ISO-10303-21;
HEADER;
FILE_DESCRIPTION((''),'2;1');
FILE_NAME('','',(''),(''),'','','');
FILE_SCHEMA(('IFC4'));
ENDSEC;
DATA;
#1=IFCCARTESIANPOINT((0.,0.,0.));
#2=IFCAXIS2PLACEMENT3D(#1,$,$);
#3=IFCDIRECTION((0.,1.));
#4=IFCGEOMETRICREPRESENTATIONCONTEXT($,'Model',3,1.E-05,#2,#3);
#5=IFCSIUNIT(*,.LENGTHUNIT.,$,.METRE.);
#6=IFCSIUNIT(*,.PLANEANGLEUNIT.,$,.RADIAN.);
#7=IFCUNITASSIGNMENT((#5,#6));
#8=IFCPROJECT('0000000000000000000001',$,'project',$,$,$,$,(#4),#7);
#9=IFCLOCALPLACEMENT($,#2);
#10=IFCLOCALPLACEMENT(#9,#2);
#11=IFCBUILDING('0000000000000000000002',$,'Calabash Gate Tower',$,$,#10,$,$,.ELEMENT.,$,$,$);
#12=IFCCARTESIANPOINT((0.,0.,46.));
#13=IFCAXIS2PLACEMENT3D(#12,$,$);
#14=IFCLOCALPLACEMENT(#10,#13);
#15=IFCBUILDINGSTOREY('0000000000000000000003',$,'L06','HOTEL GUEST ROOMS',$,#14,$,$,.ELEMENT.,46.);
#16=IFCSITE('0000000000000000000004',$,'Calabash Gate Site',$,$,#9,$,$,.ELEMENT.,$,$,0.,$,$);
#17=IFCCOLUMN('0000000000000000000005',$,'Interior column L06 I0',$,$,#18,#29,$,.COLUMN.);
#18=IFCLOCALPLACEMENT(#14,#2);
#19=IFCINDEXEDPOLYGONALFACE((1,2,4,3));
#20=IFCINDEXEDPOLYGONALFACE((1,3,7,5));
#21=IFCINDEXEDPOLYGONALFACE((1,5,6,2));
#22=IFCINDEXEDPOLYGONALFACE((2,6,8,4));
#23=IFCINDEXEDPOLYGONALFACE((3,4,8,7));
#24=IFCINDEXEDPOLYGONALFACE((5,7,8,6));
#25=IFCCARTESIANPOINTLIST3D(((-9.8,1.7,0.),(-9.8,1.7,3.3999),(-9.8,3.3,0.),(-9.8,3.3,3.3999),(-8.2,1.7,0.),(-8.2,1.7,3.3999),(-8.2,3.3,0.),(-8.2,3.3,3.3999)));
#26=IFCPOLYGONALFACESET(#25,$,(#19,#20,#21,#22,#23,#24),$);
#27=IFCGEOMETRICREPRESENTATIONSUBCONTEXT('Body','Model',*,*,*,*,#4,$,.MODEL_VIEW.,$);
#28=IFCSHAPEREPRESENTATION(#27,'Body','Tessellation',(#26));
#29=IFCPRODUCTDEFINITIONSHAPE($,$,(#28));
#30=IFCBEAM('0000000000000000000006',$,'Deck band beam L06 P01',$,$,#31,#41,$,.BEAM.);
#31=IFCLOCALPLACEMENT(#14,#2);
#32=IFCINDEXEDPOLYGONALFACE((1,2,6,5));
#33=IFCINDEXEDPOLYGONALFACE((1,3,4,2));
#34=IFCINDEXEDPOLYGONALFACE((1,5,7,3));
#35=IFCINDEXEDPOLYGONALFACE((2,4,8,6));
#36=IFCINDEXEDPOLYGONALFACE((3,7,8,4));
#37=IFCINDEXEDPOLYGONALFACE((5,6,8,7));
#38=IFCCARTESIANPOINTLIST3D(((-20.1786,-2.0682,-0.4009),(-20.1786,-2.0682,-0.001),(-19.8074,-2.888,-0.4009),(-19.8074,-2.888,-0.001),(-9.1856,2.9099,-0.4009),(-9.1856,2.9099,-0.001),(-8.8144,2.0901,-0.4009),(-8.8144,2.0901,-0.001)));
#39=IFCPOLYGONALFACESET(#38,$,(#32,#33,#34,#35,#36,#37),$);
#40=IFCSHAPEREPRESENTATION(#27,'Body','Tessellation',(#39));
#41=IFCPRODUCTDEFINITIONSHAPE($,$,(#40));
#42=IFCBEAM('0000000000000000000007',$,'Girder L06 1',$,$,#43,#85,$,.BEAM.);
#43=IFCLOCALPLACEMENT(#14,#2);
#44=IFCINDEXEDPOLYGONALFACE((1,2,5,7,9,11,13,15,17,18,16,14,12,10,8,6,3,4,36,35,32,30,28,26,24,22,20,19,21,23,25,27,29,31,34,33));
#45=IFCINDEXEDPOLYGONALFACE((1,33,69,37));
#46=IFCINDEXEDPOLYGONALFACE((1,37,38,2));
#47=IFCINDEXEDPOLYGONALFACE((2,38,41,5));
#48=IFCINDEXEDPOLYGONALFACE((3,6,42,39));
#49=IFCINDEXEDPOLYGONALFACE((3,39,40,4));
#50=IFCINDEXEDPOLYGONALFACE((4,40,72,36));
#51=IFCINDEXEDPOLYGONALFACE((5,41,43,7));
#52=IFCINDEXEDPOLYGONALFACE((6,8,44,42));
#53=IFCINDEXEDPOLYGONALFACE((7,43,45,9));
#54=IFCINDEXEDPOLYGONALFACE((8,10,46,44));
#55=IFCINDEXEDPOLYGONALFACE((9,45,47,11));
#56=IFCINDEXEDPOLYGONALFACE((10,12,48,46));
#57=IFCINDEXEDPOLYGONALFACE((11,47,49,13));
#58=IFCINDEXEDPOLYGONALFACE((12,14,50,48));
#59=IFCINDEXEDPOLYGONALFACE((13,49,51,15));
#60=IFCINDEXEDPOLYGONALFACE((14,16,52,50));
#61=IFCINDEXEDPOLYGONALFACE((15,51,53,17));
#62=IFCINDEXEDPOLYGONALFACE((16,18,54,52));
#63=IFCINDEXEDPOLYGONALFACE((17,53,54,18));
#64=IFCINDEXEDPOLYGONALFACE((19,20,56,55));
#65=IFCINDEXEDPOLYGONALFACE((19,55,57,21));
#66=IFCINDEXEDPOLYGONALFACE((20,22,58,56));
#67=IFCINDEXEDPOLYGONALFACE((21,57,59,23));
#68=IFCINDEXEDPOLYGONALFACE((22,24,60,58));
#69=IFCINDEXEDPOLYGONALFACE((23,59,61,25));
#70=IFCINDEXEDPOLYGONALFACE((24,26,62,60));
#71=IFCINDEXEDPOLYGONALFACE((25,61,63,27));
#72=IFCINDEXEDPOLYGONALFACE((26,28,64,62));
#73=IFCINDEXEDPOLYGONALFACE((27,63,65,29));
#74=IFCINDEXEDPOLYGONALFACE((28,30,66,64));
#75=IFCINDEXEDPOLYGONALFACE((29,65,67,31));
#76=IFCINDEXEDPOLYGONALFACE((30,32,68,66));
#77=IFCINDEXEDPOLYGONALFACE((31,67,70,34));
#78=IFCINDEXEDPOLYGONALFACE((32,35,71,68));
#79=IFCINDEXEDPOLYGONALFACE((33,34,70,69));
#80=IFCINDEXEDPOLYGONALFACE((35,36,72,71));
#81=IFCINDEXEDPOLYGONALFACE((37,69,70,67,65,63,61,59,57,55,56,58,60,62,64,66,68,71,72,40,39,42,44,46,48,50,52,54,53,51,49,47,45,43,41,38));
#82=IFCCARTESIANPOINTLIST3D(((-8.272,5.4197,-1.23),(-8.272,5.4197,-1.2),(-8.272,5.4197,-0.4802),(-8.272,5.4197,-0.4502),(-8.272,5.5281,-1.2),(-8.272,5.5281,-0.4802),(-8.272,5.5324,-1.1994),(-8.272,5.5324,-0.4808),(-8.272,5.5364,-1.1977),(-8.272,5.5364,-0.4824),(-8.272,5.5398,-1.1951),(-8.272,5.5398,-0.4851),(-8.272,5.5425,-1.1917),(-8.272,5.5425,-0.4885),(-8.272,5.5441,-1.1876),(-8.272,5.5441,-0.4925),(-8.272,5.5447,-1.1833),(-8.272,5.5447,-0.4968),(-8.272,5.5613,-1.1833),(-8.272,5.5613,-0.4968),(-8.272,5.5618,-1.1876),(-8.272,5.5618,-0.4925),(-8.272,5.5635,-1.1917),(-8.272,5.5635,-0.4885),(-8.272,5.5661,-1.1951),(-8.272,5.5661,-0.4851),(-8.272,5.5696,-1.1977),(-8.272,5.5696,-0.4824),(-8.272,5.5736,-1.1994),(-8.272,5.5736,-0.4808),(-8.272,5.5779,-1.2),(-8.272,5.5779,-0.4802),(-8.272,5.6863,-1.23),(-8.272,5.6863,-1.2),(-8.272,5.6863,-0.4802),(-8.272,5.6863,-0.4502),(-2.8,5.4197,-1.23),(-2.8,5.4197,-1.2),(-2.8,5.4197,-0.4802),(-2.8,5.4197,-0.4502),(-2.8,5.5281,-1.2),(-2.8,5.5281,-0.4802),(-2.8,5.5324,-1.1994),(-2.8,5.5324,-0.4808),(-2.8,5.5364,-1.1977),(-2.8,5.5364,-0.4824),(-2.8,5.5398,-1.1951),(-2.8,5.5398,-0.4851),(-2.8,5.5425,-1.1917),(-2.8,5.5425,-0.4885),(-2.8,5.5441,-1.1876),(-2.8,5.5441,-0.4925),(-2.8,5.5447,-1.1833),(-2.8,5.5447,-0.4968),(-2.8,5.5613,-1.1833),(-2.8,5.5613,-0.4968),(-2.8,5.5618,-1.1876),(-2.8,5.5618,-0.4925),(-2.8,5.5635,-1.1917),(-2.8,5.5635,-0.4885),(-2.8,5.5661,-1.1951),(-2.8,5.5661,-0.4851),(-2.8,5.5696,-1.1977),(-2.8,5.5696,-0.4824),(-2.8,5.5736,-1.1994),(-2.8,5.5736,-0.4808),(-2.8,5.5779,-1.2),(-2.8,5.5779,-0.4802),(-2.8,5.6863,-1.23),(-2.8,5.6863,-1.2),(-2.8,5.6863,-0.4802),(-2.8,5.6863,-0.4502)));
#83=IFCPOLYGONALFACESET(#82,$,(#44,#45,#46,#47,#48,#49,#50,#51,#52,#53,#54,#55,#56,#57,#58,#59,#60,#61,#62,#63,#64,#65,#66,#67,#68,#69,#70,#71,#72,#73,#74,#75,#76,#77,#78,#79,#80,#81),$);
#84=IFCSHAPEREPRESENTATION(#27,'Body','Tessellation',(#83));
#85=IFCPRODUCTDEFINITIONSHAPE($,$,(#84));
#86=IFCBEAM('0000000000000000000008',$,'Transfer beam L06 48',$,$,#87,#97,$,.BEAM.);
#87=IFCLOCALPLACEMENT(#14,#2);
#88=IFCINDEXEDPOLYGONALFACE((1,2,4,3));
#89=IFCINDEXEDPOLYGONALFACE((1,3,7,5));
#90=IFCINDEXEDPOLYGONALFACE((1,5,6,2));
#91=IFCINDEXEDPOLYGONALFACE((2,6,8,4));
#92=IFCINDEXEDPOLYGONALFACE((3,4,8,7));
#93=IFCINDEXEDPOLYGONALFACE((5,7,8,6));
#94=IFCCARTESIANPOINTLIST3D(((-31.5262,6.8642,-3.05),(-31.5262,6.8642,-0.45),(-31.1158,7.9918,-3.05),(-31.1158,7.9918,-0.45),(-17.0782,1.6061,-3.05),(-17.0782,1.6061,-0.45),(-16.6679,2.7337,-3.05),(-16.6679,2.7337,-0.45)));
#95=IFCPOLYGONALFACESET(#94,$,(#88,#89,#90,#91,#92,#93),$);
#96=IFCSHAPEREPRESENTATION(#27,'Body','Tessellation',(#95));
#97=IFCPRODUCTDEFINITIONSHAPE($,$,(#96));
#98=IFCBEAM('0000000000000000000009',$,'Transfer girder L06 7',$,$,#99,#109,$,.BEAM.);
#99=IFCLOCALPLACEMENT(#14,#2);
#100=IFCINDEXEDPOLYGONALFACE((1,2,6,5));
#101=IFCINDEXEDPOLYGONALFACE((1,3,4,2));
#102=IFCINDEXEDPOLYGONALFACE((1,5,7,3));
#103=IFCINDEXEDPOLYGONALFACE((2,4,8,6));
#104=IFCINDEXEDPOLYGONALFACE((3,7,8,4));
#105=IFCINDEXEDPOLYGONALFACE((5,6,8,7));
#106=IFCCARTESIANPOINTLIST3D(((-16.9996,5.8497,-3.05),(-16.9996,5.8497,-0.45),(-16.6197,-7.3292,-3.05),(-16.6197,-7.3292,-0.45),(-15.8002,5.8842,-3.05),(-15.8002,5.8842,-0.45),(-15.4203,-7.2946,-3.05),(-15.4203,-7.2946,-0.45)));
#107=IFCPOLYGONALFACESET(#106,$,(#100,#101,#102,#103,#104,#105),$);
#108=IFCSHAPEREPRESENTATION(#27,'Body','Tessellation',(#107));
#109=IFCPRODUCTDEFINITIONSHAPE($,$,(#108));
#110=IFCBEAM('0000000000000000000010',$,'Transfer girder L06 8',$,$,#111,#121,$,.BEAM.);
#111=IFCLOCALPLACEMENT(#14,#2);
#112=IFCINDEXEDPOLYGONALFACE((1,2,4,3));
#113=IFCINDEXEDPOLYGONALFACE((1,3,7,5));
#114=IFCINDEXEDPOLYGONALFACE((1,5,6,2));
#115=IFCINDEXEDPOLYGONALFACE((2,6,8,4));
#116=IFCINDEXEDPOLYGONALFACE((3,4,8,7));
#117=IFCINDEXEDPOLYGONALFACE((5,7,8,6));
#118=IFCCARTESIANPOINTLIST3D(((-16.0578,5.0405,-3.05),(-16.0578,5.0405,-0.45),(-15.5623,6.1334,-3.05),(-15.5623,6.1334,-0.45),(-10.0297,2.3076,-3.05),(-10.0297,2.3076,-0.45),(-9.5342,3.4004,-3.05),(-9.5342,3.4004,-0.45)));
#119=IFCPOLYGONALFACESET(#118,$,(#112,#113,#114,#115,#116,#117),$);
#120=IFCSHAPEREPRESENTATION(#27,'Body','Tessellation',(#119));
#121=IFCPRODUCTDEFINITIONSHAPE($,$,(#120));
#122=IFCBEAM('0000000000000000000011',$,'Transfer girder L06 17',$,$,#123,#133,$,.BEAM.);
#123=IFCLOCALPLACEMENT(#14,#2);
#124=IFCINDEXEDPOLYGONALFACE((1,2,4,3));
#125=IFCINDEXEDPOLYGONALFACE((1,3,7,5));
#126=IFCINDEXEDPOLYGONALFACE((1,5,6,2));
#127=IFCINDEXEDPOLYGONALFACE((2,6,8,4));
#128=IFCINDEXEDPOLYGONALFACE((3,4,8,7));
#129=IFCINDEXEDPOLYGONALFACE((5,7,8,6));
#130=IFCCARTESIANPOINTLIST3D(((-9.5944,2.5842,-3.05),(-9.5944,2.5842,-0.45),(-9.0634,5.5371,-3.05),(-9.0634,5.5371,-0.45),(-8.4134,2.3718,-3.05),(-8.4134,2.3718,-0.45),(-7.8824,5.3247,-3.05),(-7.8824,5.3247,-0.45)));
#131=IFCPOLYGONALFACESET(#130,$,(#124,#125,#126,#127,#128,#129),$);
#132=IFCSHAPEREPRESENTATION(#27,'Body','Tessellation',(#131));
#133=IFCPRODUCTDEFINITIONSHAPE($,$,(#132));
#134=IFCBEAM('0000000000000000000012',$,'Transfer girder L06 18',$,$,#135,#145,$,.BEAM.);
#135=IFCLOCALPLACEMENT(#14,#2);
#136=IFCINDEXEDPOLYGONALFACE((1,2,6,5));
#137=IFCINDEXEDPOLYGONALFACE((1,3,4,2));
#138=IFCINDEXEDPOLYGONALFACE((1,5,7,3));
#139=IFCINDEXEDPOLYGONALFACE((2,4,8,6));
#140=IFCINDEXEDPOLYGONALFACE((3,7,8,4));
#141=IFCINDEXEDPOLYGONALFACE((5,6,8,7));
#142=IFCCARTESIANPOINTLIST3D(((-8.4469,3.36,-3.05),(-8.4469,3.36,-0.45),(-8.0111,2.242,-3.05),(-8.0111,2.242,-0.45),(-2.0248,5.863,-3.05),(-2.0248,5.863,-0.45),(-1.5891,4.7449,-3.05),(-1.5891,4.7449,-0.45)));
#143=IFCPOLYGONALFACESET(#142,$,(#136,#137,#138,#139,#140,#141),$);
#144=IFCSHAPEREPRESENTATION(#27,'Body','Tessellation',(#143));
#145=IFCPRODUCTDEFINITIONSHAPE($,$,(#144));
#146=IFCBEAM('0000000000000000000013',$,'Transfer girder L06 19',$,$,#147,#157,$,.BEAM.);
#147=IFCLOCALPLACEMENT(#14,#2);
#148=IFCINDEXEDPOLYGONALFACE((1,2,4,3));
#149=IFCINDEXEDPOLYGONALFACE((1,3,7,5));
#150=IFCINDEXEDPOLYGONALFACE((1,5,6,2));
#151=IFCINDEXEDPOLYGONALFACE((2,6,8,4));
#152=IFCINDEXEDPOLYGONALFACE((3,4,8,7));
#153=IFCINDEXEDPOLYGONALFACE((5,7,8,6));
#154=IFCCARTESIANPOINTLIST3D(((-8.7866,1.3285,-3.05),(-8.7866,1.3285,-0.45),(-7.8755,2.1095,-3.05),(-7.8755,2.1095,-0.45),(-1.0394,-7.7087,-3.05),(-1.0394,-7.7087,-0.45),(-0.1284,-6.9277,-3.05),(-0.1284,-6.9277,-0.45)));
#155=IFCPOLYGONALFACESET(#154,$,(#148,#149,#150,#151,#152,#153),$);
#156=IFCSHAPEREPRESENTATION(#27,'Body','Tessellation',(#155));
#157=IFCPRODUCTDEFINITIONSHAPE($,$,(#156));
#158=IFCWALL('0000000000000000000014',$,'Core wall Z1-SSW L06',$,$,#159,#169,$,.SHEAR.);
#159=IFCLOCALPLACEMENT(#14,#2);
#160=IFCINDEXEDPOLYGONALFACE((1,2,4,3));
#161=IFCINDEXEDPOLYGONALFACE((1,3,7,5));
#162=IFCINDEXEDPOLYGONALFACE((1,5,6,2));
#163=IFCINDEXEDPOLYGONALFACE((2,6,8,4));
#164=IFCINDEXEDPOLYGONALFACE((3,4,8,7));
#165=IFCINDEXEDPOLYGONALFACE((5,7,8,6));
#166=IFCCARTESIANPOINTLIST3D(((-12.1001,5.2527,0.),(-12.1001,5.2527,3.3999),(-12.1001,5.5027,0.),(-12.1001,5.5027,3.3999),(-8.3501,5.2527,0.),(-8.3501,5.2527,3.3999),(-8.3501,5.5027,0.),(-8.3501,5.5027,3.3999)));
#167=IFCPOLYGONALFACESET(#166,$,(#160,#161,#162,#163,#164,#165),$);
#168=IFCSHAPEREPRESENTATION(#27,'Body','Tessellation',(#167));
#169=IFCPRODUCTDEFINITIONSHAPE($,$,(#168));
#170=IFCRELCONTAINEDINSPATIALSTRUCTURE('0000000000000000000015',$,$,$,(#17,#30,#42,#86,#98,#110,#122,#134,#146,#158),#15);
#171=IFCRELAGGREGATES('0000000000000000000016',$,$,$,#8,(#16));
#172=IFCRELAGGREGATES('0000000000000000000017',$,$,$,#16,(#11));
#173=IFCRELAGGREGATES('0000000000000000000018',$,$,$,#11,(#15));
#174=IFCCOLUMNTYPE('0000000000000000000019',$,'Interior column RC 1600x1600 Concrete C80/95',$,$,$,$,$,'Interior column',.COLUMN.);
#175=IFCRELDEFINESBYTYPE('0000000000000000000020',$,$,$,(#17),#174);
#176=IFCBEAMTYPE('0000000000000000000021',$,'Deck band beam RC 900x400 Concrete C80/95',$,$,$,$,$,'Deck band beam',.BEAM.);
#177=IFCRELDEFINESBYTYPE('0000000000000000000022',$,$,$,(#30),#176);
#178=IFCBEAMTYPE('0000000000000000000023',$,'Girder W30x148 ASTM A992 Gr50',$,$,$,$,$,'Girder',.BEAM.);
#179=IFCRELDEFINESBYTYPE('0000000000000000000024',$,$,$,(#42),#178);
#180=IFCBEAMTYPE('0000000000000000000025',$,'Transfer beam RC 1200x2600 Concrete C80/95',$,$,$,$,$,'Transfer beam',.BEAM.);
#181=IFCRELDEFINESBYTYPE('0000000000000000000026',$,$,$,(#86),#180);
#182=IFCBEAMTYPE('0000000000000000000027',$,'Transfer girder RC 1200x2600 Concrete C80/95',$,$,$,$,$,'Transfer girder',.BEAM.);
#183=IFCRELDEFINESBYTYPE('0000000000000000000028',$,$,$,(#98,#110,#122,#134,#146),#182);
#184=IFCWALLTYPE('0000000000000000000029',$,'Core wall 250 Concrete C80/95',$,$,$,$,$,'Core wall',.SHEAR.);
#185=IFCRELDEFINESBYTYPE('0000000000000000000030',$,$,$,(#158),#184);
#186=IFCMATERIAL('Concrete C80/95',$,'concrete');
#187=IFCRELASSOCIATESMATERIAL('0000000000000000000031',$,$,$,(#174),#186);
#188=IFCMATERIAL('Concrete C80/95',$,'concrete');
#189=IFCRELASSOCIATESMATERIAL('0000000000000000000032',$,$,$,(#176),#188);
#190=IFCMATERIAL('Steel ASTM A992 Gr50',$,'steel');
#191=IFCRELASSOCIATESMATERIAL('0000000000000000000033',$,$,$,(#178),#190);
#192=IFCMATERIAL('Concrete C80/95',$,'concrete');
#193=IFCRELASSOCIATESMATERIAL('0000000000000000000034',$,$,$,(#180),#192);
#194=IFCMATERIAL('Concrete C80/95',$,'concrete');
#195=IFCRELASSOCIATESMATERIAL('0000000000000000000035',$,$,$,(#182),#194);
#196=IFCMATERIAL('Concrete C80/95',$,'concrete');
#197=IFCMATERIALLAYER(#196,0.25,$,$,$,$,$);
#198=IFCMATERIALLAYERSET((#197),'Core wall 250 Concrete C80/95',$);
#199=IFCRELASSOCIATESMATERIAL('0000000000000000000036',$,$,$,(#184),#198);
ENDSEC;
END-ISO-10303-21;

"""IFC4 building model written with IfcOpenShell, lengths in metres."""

from ifc_helpers import new_model, si_unit, direction, frame, frame_2d, origin, origin_2d, place, context, subcontext, project, spatial, rectangle, i_section, extrude, material, layer, layer_set, material_profile, profile_set, type_object, element, save


model = new_model("IFC4")

# Units and contexts
model_context = context("Model", 3, precision=1e-05, world=origin(), true_north=direction((0.0, 1.0)))
body_context = subcontext(model_context, "Body", "Model", "MODEL_VIEW")
ifc_project = project(units=[si_unit("LENGTHUNIT", "METRE"), si_unit("PLANEANGLEUNIT", "RADIAN")], contexts=[model_context])

# Site, building, storey
site_placement = place(None, origin())
site = spatial("IfcSite", under=ifc_project, at=site_placement, Name="Calabash Gate Site", CompositionType="ELEMENT", RefElevation=0.0)
building_placement = place(site_placement, origin())
building = spatial("IfcBuilding", under=site, at=building_placement, Name="Calabash Gate Tower", CompositionType="ELEMENT")
storey_placement = place(building_placement, frame((0.0, 0.0, 46.0)))
storey = spatial("IfcBuildingStorey", under=building, at=storey_placement, Name="L06", Description="HOTEL GUEST ROOMS", CompositionType="ELEMENT", Elevation=46.0)

# Column
ifc_material_1 = material(Name="Concrete C80/95", Category="concrete")
ifc_material_profile_1 = material_profile(ifc_material_1, rectangle(XDim=1.6001, YDim=1.6001, at=origin_2d()))
ifc_profile_set_1 = profile_set([ifc_material_profile_1], Name="Concrete C80/95")
column_type = type_object("IfcColumnType", Name="Interior column RC 1600x1600 Concrete C80/95", ElementType="Interior column", PredefinedType="COLUMN", material=ifc_profile_set_1)
column_placement = place(storey_placement, frame((-9.0, 2.5, 0.0), z_axis=(0.0, 0.0, 1.0), x_axis=(1.0, 0.0, 0.0)))
element("IfcColumn", 1, at=column_placement, inside=storey, type_object=column_type, Name="Interior column L06 I0", PredefinedType="COLUMN", context=body_context, shape_type="SweptSolid", body=[
    extrude(rectangle(XDim=1.6001, YDim=1.6001, at=origin_2d()), origin(), (0.0, 0.0, 1.0), 3.3999),
])

# Beams
ifc_material_2 = material(Name="Concrete C80/95", Category="concrete")
ifc_material_profile_2 = material_profile(ifc_material_2, rectangle(XDim=0.8999, YDim=0.3999, at=origin_2d()))
ifc_profile_set_2 = profile_set([ifc_material_profile_2], Name="Concrete C80/95")
beam_type_1 = type_object("IfcBeamType", Name="Deck band beam RC 900x400 Concrete C80/95", ElementType="Deck band beam", PredefinedType="BEAM", material=ifc_profile_set_2)
beam_1_placement = place(storey_placement, frame((-9.0, 2.5, -0.2009), z_axis=(-0.910951, -0.412515, 0.0), x_axis=(0.412515, -0.910951, 0.0)))
element("IfcBeam", 2, at=beam_1_placement, inside=storey, type_object=beam_type_1, Name="Deck band beam L06 P01", PredefinedType="BEAM", context=body_context, shape_type="SweptSolid", body=[
    extrude(rectangle(XDim=0.8999, YDim=0.3999, at=origin_2d()), origin(), (0.0, 0.0, 1.0), 12.0676),
])
ifc_material_3 = material(Name="Steel ASTM A992 Gr50", Category="steel")
ifc_material_profile_3 = material_profile(ifc_material_3, i_section(OverallWidth=0.2666, OverallDepth=0.7798, WebThickness=0.0166, FlangeThickness=0.03, FilletRadius=0.0166, at=origin_2d()))
ifc_profile_set_3 = profile_set([ifc_material_profile_3], Name="Steel ASTM A992 Gr50")
beam_type_2 = type_object("IfcBeamType", Name="Girder W30x148 ASTM A992 Gr50", ElementType="Girder", PredefinedType="BEAM", material=ifc_profile_set_3)
beam_2_placement = place(storey_placement, frame((-8.272, 5.553, -0.8401), z_axis=(1.0, 0.0, 0.0), x_axis=(0.0, 1.0, 0.0)))
element("IfcBeam", 3, at=beam_2_placement, inside=storey, type_object=beam_type_2, Name="Girder L06 1", PredefinedType="BEAM", context=body_context, shape_type="SweptSolid", body=[
    extrude(i_section(OverallWidth=0.2666, OverallDepth=0.7798, WebThickness=0.0166, FlangeThickness=0.03, FilletRadius=0.0166, at=origin_2d()), origin(), (0.0, 0.0, 1.0), 5.4719),
])
ifc_material_4 = material(Name="Concrete C80/95", Category="concrete")
ifc_material_profile_4 = material_profile(ifc_material_4, rectangle(XDim=1.2, YDim=2.6001, at=origin_2d()))
ifc_profile_set_4 = profile_set([ifc_material_profile_4], Name="Concrete C80/95")
beam_type_3 = type_object("IfcBeamType", Name="Transfer beam RC 1200x2600 Concrete C80/95", ElementType="Transfer beam", PredefinedType="BEAM", material=ifc_profile_set_4)
beam_3_placement = place(storey_placement, frame((-16.873, 2.1699, -1.75), z_axis=(-0.939705, 0.341987, 0.0), x_axis=(-0.341987, -0.939705, 0.0)))
element("IfcBeam", 4, at=beam_3_placement, inside=storey, type_object=beam_type_3, Name="Transfer beam L06 48", PredefinedType="BEAM", context=body_context, shape_type="SweptSolid", body=[
    extrude(rectangle(XDim=1.2, YDim=2.6001, at=origin_2d()), origin(), (0.0, 0.0, 1.0), 15.375),
])
ifc_material_5 = material(Name="Concrete C80/95", Category="concrete")
ifc_material_profile_5 = material_profile(ifc_material_5, rectangle(XDim=1.2, YDim=2.6001, at=origin_2d()))
ifc_profile_set_5 = profile_set([ifc_material_profile_5], Name="Concrete C80/95")
beam_type_4 = type_object("IfcBeamType", Name="Transfer girder RC 1200x2600 Concrete C80/95", ElementType="Transfer girder", PredefinedType="BEAM", material=ifc_profile_set_5)
beam_4_placement = place(storey_placement, frame((-16.3999, 5.8669, -1.75), z_axis=(0.028813, -0.999585, 0.0), x_axis=(0.999585, 0.028813, 0.0)))
element("IfcBeam", 5, at=beam_4_placement, inside=storey, type_object=beam_type_4, Name="Transfer girder L06 7", PredefinedType="BEAM", context=body_context, shape_type="SweptSolid", body=[
    extrude(rectangle(XDim=1.2, YDim=2.6001, at=origin_2d()), origin(), (0.0, 0.0, 1.0), 13.1843),
])
beam_5_placement = place(storey_placement, frame((-15.8101, 5.5869, -1.75), z_axis=(0.910772, -0.412911, 0.0), x_axis=(0.412911, 0.910772, 0.0)))
element("IfcBeam", 6, at=beam_5_placement, inside=storey, type_object=beam_type_4, Name="Transfer girder L06 8", PredefinedType="BEAM", context=body_context, shape_type="SweptSolid", body=[
    extrude(rectangle(XDim=1.2, YDim=2.6001, at=origin_2d()), origin(), (0.0, 0.0, 1.0), 6.6187),
])
beam_6_placement = place(storey_placement, frame((-9.0039, 2.478, -1.75), z_axis=(0.176987, 0.984213, 0.0), x_axis=(-0.984213, 0.176987, 0.0)))
element("IfcBeam", 7, at=beam_6_placement, inside=storey, type_object=beam_type_4, Name="Transfer girder L06 17", PredefinedType="BEAM", context=body_context, shape_type="SweptSolid", body=[
    extrude(rectangle(XDim=1.2, YDim=2.6001, at=origin_2d()), origin(), (0.0, 0.0, 1.0), 3.0002),
])
beam_7_placement = place(storey_placement, frame((-8.229, 2.801, -1.75), z_axis=(0.931738, 0.363132, 0.0), x_axis=(-0.363132, 0.931738, 0.0)))
element("IfcBeam", 8, at=beam_7_placement, inside=storey, type_object=beam_type_4, Name="Transfer girder L06 18", PredefinedType="BEAM", context=body_context, shape_type="SweptSolid", body=[
    extrude(rectangle(XDim=1.2, YDim=2.6001, at=origin_2d()), origin(), (0.0, 0.0, 1.0), 6.8926),
])
beam_8_placement = place(storey_placement, frame((-8.3311, 1.719, -1.75), z_axis=(0.650839, -0.759216, 0.0), x_axis=(0.759216, 0.650839, 0.0)))
element("IfcBeam", 9, at=beam_8_placement, inside=storey, type_object=beam_type_4, Name="Transfer girder L06 19", PredefinedType="BEAM", context=body_context, shape_type="SweptSolid", body=[
    extrude(rectangle(XDim=1.2, YDim=2.6001, at=origin_2d()), origin(), (0.0, 0.0, 1.0), 11.9033),
])

# Wall
ifc_material_6 = material(Name="Concrete C80/95", Category="concrete")
ifc_layer_1 = layer(ifc_material_6, 0.25)
ifc_layer_set_1 = layer_set([ifc_layer_1], Name="Core wall 250 Concrete C80/95")
wall_type_1 = type_object("IfcWallType", Name="Core wall 250 Concrete C80/95", ElementType="Core wall", PredefinedType="SHEAR", material=ifc_layer_set_1)
wall_1_placement = place(storey_placement, frame((-12.1001, 5.3777, 0.0), z_axis=(0.0, 0.0, 1.0), x_axis=(1.0, 0.0, 0.0)))
element("IfcWall", 10, at=wall_1_placement, inside=storey, type_object=wall_type_1, Name="Core wall Z1-SSW L06", PredefinedType="SHEAR", context=body_context, shape_type="SweptSolid", body=[
    extrude(rectangle(XDim=3.75, YDim=0.25, at=frame_2d((1.875, 0.0))), origin(), (0.0, 0.0, 1.0), 3.3999),
])

save(model, "model.ifc")
